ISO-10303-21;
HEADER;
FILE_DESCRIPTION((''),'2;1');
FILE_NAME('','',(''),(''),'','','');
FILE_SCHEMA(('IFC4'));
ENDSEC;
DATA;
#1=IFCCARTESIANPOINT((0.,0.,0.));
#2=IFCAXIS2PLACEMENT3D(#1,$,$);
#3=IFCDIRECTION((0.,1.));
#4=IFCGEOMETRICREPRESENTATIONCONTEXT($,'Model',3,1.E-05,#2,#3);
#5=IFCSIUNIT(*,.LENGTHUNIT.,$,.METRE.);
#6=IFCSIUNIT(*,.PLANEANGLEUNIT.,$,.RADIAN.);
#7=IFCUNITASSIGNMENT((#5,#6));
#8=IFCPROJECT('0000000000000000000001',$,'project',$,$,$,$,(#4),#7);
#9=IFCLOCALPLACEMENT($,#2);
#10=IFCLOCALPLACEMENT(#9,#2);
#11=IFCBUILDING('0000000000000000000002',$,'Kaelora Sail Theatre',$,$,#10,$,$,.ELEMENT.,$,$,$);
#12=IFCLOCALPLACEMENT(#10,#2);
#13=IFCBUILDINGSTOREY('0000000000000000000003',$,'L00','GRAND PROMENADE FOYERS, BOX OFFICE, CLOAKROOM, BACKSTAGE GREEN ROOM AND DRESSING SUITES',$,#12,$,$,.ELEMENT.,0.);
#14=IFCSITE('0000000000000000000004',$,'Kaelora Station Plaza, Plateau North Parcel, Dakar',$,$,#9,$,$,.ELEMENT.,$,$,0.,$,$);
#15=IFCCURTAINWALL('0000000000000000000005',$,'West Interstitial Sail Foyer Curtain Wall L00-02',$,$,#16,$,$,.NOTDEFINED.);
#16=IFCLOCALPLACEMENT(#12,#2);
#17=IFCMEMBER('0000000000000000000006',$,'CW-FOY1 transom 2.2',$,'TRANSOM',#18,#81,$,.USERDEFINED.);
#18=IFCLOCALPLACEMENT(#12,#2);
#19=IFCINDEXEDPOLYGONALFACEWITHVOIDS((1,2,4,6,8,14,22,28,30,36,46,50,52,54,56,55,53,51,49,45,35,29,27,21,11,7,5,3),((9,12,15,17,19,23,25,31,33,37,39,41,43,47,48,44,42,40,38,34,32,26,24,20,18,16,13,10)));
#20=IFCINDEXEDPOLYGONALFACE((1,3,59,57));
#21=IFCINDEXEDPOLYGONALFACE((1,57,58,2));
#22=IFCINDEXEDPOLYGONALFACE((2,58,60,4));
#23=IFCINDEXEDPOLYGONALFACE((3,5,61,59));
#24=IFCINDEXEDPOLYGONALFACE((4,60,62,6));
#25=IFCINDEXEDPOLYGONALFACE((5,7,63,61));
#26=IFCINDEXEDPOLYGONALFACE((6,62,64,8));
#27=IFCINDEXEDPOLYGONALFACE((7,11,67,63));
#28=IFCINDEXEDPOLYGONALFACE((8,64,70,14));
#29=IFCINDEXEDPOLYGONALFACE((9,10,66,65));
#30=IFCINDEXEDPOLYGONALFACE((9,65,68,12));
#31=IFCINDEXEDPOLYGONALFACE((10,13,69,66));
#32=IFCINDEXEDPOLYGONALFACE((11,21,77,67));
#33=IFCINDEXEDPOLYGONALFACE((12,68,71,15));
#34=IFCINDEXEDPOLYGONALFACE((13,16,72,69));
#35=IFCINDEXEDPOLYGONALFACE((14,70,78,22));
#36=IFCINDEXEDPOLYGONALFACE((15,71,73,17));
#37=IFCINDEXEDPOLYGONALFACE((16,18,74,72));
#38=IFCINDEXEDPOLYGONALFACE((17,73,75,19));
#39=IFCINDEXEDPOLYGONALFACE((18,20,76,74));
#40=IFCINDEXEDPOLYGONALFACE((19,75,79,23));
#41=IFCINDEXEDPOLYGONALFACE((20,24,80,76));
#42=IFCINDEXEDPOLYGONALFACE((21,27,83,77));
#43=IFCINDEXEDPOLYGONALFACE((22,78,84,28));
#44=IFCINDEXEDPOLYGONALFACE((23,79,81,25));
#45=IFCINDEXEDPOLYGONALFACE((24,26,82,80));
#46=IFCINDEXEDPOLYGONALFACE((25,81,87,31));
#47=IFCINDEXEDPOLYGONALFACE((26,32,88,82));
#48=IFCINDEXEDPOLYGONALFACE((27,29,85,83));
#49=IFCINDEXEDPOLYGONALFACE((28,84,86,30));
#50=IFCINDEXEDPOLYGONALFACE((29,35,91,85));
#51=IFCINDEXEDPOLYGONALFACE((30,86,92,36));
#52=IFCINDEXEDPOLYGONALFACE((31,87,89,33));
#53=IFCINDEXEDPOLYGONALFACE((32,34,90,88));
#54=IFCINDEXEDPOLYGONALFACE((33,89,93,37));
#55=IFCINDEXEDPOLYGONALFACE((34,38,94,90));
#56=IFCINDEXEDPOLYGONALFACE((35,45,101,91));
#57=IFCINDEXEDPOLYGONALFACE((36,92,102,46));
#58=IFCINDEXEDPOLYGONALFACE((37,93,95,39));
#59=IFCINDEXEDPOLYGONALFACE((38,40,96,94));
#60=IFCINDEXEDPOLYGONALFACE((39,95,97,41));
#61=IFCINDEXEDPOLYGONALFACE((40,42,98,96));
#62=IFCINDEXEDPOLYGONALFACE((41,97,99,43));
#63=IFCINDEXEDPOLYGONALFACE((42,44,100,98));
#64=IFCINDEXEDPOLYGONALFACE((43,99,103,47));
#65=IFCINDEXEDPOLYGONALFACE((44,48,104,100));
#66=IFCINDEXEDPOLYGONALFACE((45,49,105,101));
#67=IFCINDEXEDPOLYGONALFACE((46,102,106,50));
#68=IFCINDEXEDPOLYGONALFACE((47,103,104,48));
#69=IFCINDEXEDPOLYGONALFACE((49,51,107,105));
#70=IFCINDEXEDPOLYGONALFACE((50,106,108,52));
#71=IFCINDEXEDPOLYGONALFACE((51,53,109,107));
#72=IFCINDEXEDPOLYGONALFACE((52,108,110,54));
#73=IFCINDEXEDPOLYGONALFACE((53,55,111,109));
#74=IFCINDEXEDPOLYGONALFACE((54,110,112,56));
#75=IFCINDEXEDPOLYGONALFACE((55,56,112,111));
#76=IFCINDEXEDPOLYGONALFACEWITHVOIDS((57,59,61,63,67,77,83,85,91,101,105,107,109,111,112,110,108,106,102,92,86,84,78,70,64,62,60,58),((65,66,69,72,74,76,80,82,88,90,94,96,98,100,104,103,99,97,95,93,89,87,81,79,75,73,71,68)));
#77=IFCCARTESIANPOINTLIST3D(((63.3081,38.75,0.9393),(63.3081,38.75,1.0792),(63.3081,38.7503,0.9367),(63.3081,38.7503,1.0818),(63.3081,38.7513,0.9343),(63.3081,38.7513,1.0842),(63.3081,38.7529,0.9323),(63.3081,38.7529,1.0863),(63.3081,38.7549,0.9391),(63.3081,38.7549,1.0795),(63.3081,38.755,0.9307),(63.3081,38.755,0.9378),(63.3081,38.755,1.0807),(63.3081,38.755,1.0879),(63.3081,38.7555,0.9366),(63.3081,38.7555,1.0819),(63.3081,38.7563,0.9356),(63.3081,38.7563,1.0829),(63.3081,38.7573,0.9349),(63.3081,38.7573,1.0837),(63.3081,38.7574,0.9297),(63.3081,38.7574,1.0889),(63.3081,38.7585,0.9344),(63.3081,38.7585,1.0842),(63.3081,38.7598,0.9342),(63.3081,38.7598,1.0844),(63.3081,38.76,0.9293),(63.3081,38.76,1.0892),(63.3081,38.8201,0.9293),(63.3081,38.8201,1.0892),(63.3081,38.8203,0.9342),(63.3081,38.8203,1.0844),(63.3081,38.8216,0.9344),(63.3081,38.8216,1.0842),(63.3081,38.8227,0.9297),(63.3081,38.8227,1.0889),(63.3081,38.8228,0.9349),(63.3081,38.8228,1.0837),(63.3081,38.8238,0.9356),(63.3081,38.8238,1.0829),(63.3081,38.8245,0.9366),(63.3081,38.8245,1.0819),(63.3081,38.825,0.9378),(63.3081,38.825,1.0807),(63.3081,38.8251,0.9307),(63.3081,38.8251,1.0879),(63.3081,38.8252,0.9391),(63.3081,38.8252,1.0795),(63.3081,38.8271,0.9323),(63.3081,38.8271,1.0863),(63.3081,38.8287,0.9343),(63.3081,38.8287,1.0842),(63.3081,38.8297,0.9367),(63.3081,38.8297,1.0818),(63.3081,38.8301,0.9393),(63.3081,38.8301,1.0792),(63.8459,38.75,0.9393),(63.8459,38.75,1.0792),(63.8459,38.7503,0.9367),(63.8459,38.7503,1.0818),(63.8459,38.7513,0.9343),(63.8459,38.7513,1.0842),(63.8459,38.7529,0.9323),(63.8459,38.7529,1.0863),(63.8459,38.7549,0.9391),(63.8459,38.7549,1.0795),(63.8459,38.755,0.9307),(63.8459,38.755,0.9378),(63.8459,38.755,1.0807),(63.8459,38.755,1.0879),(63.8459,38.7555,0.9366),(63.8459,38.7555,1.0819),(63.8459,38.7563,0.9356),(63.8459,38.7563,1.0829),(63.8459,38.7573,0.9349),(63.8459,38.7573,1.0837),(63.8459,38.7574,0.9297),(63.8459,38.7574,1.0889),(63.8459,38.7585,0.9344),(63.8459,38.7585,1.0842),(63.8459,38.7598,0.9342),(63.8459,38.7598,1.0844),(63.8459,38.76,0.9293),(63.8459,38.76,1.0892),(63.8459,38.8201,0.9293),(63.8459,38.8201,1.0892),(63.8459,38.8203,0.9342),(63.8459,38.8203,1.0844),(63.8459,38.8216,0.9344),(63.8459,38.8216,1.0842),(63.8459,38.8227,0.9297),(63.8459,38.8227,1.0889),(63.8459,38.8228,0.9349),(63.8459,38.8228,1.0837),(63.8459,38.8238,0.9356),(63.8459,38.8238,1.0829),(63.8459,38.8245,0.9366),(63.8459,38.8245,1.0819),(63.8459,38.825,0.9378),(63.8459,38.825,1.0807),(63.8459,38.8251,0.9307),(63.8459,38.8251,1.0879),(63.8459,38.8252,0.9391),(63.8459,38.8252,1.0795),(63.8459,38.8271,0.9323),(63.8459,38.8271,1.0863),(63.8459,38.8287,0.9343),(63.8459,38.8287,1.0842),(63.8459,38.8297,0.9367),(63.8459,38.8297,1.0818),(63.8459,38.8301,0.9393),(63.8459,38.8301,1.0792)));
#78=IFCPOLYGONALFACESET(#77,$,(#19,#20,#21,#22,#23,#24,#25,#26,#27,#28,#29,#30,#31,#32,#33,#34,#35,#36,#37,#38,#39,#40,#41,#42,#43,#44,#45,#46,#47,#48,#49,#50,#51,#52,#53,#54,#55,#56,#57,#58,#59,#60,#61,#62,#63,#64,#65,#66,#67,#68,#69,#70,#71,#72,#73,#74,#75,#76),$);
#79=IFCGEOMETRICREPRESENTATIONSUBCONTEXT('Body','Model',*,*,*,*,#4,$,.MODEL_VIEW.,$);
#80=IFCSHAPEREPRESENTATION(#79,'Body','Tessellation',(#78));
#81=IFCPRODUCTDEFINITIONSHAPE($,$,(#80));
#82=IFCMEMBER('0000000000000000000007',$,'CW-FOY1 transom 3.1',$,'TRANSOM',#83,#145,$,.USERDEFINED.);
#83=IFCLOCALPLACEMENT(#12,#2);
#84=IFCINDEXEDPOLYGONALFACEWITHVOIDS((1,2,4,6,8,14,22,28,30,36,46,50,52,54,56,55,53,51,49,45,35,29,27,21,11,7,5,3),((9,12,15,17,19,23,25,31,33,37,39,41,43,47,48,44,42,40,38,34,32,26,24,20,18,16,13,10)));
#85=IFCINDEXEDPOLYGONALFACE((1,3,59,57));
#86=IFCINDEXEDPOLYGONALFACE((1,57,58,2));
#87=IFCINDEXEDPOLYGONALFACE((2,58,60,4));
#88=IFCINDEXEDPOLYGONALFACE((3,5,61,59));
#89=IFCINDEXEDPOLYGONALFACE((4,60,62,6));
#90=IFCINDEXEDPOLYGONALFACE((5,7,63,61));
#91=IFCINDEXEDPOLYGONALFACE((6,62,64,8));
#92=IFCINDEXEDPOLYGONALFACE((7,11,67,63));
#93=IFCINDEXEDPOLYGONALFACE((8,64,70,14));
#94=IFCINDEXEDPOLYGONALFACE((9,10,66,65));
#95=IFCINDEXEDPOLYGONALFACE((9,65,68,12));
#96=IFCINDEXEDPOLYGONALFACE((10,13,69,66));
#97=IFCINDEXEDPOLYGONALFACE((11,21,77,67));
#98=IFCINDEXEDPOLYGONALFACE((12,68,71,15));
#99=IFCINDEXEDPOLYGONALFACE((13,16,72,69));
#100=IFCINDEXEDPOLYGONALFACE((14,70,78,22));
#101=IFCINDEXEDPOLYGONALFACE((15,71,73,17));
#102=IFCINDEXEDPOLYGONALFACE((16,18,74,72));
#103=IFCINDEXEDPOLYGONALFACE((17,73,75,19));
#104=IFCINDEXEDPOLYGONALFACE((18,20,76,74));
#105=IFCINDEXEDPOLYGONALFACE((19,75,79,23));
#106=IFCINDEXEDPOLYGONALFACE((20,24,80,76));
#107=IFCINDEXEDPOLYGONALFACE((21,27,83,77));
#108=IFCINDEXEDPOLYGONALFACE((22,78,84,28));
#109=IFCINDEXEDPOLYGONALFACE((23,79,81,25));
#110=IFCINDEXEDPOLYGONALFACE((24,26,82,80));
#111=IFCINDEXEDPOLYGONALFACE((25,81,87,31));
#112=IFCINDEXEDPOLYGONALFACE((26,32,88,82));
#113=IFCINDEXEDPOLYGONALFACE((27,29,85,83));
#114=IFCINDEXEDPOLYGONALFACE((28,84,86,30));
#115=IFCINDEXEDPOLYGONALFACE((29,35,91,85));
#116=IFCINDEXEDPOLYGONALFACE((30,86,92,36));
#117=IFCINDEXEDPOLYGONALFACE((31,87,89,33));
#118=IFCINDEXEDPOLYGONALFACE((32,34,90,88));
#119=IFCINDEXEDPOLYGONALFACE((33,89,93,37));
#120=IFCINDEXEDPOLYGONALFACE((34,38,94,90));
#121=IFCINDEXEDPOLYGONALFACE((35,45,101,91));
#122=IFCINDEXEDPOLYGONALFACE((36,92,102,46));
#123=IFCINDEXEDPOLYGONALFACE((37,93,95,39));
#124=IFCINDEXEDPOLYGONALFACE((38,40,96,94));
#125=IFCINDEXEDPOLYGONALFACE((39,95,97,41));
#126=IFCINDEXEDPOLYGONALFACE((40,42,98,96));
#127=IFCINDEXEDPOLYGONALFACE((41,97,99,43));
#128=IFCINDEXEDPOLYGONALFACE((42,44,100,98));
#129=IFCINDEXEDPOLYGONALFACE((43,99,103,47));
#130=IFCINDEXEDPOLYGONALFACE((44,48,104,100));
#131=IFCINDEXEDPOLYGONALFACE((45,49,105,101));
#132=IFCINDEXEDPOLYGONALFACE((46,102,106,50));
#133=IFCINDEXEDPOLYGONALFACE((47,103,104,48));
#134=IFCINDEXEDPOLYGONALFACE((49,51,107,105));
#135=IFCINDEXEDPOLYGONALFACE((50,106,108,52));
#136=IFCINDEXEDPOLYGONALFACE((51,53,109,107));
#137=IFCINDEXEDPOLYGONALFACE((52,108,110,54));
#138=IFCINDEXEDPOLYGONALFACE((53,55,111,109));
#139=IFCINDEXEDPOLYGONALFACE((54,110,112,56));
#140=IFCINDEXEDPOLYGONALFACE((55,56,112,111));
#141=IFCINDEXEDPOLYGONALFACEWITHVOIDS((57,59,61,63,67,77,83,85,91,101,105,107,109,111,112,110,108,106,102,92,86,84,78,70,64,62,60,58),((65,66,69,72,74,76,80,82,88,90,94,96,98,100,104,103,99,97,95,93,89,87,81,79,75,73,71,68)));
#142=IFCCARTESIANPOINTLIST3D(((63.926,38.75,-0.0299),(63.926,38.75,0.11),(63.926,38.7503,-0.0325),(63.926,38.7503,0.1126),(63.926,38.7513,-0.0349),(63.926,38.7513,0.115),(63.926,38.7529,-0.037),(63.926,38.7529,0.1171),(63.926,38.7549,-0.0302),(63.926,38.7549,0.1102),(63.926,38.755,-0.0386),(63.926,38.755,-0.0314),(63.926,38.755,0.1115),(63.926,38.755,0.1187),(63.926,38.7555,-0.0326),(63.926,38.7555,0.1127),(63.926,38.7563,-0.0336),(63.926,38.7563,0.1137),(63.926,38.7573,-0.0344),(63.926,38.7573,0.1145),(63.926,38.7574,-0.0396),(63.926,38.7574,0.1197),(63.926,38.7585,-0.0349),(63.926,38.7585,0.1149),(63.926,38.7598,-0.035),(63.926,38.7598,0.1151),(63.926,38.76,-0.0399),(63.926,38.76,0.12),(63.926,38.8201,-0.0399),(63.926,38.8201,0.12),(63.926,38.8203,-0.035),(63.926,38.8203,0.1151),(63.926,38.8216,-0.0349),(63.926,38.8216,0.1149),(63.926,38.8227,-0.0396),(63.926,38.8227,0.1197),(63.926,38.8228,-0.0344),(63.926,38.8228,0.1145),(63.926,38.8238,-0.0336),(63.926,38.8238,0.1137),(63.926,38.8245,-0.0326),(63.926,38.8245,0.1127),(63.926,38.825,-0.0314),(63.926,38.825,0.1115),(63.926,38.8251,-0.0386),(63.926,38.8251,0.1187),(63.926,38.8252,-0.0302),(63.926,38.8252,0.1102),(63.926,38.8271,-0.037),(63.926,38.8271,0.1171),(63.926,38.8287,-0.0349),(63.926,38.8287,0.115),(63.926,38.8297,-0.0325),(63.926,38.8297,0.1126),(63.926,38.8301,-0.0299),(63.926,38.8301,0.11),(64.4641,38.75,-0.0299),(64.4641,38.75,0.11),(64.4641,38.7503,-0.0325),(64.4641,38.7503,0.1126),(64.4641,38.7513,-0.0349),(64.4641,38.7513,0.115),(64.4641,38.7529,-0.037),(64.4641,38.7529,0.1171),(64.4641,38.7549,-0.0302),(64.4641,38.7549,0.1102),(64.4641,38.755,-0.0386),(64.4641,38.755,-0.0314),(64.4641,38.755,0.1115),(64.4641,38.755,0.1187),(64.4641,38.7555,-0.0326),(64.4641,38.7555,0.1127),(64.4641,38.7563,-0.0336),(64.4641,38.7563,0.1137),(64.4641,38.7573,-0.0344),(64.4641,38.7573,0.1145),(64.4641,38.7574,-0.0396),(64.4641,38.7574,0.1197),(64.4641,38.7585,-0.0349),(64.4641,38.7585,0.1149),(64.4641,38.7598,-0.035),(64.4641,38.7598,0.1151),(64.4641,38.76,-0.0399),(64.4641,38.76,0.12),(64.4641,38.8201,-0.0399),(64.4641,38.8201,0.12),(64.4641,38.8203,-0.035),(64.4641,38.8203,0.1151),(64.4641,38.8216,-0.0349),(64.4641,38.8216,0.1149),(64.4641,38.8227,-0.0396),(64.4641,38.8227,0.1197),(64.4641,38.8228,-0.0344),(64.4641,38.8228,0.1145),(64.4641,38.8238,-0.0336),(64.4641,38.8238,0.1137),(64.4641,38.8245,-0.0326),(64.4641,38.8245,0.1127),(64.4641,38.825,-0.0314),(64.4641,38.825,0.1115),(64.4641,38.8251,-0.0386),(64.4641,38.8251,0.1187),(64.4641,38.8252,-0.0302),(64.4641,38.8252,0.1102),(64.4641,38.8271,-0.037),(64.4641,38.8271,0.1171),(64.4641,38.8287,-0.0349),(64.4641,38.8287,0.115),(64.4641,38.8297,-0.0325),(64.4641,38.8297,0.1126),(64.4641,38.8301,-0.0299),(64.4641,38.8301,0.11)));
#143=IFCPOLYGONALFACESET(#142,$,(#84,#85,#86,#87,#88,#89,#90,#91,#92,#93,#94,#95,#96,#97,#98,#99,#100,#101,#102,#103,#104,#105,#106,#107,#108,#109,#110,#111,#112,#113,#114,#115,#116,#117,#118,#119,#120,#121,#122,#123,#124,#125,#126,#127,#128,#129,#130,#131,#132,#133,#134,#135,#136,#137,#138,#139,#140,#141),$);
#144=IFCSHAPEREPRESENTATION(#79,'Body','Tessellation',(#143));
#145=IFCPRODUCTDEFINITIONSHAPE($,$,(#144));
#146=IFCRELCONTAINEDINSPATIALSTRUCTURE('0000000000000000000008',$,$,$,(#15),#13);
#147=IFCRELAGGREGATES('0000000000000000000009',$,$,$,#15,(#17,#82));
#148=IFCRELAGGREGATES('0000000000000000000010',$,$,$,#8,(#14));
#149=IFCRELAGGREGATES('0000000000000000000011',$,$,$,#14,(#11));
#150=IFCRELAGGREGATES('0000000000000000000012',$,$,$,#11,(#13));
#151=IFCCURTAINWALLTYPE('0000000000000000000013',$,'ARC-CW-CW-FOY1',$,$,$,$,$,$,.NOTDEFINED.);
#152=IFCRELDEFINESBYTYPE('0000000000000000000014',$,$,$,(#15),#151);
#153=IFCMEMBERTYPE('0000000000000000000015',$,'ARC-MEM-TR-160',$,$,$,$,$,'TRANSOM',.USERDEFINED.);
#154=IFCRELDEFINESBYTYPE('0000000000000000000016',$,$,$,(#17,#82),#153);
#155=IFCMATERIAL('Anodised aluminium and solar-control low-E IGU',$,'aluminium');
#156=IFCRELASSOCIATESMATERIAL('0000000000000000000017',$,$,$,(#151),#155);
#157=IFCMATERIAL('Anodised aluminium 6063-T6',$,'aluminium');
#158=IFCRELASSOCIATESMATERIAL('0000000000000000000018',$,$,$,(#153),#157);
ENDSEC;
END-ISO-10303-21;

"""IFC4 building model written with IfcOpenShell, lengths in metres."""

from ifc_helpers import new_model, si_unit, direction, frame, origin, origin_2d, place, context, subcontext, project, spatial, hollow_rectangle, extrude, material, material_profile, profile_set, type_object, element, aggregate, save


model = new_model("IFC4")

# Units and contexts
model_context = context("Model", 3, precision=1e-05, world=origin(), true_north=direction((0.0, 1.0)))
body_context = subcontext(model_context, "Body", "Model", "MODEL_VIEW")
ifc_project = project(units=[si_unit("LENGTHUNIT", "METRE"), si_unit("PLANEANGLEUNIT", "RADIAN")], contexts=[model_context])

# Site, building, storey
site_placement = place(None, origin())
site = spatial("IfcSite", under=ifc_project, at=site_placement, Name="Kaelora Station Plaza, Plateau North Parcel, Dakar", CompositionType="ELEMENT", RefElevation=0.0)
building_placement = place(site_placement, origin())
building = spatial("IfcBuilding", under=site, at=building_placement, Name="Kaelora Sail Theatre", CompositionType="ELEMENT")
storey_placement = place(building_placement, origin())
storey = spatial("IfcBuildingStorey", under=building, at=storey_placement, Name="L00", Description="GRAND PROMENADE FOYERS, BOX OFFICE, CLOAKROOM, BACKSTAGE GREEN ROOM AND DRESSING SUITES", CompositionType="ELEMENT", Elevation=0.0)

# Shared definitions
ifc_material_1 = material(Name="Anodised aluminium and solar-control low-E IGU", Category="aluminium")
curtain_wall_type = type_object("IfcCurtainWallType", Name="ARC-CW-CW-FOY1", PredefinedType="NOTDEFINED", material=ifc_material_1)

# Curtain wall, members
curtain_wall_1_placement = place(storey_placement, origin())
curtain_wall_1 = element("IfcCurtainWall", 1, at=curtain_wall_1_placement, inside=storey, type_object=curtain_wall_type, Name="West Interstitial Sail Foyer Curtain Wall L00-02", PredefinedType="NOTDEFINED")
ifc_material_2 = material(Name="Anodised aluminium 6063-T6", Category="aluminium")
ifc_material_profile_1 = material_profile(ifc_material_2, hollow_rectangle(XDim=0.0801, YDim=0.1599, WallThickness=0.0049, InnerFilletRadius=0.0049, OuterFilletRadius=0.01, at=origin_2d()), Name="ALU-TRAN 80x160x5")
ifc_profile_set_1 = profile_set([ifc_material_profile_1], Name="Anodised aluminium 6063-T6")
member_type_1 = type_object("IfcMemberType", Name="ARC-MEM-TR-160", ElementType="TRANSOM", PredefinedType="USERDEFINED", material=ifc_profile_set_1)
member_1_placement = place(storey_placement, frame((63.3081, 38.79, 1.0093), z_axis=(1.0, 0.0, 0.0), x_axis=(0.0, 1.0, 0.0)))
member_1 = element("IfcMember", 2, at=member_1_placement, type_object=member_type_1, Name="CW-FOY1 transom 2.2", ObjectType="TRANSOM", PredefinedType="USERDEFINED", context=body_context, shape_type="SweptSolid", body=[
    extrude(hollow_rectangle(XDim=0.0801, YDim=0.1599, WallThickness=0.0049, InnerFilletRadius=0.0049, OuterFilletRadius=0.01, at=origin_2d()), origin(), (0.0, 0.0, 1.0), 0.5378),
])
member_2_placement = place(storey_placement, frame((63.926, 38.79, 0.04), z_axis=(1.0, 0.0, 0.0), x_axis=(0.0, 1.0, 0.0)))
member_2 = element("IfcMember", 3, at=member_2_placement, type_object=member_type_1, Name="CW-FOY1 transom 3.1", ObjectType="TRANSOM", PredefinedType="USERDEFINED", context=body_context, shape_type="SweptSolid", body=[
    extrude(hollow_rectangle(XDim=0.0801, YDim=0.1599, WallThickness=0.0049, InnerFilletRadius=0.0049, OuterFilletRadius=0.01, at=origin_2d()), origin(), (0.0, 0.0, 1.0), 0.5381),
])
aggregate(curtain_wall_1, [member_1, member_2])

save(model, "model.ifc")
